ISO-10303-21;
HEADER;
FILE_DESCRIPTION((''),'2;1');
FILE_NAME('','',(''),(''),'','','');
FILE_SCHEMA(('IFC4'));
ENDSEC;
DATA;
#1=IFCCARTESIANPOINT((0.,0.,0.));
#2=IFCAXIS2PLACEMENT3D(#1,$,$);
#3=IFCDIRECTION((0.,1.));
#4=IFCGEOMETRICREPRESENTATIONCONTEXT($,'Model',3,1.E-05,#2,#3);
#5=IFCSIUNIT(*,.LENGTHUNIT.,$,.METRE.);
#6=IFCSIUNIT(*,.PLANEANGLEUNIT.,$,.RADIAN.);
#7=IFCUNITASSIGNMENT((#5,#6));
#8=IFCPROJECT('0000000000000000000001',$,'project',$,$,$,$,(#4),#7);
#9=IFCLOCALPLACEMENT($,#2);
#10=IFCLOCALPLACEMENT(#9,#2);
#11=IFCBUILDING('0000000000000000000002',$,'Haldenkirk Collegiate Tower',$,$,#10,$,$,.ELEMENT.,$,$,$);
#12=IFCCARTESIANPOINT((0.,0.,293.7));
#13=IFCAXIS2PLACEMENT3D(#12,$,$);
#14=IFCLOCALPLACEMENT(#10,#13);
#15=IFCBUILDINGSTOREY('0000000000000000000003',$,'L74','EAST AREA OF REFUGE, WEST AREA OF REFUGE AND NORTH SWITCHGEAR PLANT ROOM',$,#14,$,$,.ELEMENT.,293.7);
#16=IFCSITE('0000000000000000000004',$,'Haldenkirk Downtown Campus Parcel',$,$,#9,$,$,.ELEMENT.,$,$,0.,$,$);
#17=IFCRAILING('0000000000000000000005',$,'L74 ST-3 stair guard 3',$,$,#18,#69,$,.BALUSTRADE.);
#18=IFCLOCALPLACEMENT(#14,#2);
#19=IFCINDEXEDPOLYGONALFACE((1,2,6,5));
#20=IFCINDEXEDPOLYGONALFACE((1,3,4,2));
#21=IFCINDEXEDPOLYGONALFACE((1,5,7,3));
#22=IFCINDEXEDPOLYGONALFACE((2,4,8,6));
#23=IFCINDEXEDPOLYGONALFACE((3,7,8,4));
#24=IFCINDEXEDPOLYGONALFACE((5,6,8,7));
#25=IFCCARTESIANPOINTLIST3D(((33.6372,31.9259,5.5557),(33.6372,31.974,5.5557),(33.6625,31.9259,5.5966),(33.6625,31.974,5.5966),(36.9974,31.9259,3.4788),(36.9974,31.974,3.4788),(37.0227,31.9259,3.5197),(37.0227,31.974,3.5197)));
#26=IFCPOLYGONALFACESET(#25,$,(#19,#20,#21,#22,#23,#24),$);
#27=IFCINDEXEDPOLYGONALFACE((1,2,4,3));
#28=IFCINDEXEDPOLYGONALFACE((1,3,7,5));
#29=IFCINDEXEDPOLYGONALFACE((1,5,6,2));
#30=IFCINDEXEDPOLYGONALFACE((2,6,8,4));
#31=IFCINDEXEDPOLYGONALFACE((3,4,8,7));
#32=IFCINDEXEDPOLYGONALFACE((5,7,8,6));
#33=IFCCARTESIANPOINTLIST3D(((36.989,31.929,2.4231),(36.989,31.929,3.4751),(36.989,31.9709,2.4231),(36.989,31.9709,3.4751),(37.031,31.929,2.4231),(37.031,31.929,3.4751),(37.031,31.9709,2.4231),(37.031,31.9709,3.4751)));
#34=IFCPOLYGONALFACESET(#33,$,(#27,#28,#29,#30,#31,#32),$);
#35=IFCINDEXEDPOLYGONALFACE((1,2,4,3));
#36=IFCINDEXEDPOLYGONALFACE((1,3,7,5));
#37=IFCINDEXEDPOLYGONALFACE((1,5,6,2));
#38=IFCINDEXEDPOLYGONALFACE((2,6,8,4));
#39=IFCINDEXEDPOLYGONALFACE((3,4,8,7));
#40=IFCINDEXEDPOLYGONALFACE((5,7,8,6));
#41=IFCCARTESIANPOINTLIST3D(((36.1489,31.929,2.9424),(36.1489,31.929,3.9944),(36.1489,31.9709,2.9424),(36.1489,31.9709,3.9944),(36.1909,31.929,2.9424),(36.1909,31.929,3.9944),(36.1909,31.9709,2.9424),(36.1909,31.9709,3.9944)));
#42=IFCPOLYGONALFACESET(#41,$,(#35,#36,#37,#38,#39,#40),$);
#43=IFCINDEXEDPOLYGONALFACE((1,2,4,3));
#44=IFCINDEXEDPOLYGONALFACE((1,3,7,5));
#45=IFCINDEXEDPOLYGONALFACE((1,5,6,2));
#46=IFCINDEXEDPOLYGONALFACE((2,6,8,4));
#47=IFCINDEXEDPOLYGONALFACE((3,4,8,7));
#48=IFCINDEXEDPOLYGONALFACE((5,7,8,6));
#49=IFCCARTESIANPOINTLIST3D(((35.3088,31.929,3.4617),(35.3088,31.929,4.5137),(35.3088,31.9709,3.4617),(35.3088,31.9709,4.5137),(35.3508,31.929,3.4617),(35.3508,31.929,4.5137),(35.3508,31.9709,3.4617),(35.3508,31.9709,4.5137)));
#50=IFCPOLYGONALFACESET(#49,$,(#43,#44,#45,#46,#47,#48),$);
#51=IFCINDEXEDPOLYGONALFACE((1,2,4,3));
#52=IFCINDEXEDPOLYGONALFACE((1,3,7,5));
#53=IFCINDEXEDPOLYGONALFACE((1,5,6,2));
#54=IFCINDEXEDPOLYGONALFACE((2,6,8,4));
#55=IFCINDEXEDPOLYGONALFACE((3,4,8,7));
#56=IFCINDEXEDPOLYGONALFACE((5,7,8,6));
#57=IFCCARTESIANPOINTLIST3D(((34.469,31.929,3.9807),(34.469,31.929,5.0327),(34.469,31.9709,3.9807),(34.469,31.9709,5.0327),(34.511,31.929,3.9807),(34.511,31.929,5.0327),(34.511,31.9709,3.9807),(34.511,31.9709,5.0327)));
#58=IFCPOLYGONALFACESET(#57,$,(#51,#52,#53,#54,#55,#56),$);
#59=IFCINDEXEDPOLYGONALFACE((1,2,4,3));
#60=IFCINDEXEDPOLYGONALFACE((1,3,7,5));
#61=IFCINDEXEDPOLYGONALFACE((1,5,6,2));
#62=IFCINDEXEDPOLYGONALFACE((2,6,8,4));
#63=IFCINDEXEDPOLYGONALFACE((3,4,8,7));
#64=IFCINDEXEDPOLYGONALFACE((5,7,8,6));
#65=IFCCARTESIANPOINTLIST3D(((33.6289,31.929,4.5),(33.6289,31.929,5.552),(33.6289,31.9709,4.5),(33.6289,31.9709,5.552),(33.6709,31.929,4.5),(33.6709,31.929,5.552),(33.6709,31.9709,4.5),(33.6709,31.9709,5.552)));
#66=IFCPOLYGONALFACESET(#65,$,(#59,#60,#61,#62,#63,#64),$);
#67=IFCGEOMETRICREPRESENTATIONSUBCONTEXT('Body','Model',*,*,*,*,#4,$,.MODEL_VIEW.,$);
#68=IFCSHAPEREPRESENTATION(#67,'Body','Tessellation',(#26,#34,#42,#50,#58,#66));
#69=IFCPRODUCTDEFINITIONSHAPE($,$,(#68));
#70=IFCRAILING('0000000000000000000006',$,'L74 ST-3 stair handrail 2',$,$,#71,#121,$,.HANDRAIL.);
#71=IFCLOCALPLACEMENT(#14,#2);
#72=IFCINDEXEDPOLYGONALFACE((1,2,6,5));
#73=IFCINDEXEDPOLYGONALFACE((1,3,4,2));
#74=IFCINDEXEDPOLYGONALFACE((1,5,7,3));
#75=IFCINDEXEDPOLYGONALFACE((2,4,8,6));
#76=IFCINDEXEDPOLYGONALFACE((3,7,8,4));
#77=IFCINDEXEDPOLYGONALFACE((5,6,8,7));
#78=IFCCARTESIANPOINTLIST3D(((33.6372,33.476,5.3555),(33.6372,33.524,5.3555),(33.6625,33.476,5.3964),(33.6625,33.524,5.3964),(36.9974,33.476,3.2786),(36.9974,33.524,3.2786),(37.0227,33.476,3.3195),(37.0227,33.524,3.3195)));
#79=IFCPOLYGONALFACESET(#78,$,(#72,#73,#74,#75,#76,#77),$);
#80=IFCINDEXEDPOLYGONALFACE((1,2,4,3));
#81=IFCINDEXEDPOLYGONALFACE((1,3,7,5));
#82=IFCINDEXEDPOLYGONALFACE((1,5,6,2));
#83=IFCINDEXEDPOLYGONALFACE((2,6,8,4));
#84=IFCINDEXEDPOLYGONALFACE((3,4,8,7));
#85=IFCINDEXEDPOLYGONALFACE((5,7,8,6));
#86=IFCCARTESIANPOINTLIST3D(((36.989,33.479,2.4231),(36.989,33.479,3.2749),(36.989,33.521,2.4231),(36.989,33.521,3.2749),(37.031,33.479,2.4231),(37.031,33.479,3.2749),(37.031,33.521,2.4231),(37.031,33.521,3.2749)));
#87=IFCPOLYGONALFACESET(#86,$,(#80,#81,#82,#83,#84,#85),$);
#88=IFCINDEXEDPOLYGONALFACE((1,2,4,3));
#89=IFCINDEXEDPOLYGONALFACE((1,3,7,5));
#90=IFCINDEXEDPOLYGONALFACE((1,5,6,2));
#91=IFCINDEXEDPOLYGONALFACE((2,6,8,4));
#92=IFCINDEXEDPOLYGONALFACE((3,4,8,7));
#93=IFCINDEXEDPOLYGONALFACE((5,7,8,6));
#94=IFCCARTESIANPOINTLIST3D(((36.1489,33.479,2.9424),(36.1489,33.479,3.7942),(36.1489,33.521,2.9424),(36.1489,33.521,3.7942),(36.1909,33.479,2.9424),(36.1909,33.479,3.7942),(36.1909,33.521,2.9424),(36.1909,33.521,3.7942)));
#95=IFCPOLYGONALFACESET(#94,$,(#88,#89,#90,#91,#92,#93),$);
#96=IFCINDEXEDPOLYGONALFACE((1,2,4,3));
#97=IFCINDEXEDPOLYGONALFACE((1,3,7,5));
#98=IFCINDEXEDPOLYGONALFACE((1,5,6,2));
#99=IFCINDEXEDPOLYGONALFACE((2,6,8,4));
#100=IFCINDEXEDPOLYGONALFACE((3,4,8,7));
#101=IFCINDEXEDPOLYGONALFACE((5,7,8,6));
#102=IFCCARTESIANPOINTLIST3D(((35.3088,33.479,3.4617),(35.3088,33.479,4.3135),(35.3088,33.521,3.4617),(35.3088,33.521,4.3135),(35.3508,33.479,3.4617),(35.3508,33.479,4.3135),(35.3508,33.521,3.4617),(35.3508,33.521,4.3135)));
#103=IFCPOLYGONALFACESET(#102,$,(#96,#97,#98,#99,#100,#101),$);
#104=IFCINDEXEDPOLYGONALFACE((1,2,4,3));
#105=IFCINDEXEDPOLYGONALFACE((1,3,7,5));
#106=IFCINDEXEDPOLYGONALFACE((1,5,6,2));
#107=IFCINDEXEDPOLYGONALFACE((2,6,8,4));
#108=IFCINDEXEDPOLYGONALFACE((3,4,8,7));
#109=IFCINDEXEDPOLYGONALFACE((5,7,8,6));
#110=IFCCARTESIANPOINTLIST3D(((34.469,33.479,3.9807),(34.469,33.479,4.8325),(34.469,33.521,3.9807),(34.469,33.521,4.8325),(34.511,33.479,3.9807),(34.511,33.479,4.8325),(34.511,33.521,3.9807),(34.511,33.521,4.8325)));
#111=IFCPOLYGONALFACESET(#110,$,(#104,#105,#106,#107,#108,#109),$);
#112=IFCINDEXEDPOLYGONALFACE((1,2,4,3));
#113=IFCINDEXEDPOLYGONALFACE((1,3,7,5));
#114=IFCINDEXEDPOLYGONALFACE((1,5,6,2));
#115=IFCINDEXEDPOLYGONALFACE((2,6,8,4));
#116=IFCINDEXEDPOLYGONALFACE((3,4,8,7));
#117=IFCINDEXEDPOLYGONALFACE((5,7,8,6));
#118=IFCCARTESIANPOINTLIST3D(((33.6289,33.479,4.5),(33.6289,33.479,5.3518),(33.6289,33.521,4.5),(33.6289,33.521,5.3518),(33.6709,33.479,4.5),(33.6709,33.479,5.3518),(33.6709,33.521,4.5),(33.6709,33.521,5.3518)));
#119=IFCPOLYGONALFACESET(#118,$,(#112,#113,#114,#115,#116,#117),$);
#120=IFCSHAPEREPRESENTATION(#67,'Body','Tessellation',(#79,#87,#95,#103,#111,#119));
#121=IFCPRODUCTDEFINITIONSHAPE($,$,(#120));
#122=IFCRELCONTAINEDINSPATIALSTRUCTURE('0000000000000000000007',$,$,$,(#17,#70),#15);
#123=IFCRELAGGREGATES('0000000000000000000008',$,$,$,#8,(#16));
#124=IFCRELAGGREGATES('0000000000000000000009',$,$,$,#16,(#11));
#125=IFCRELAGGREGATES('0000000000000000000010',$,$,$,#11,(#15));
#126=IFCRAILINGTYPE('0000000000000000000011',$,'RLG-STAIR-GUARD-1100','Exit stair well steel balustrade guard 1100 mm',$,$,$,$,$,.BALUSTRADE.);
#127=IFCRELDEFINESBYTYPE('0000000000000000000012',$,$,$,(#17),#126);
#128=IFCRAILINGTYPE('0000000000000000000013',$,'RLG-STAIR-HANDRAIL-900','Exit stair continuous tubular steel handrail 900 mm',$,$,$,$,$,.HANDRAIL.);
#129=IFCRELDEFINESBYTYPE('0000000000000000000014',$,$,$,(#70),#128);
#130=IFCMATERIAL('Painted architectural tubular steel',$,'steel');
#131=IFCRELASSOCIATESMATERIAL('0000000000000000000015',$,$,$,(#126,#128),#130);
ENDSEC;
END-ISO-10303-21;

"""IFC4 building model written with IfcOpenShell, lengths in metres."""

from ifc_helpers import new_model, si_unit, direction, frame, origin, origin_2d, place, context, subcontext, project, spatial, rectangle, extrude, material, type_object, element, save


model = new_model("IFC4")

# Units and contexts
model_context = context("Model", 3, precision=1e-05, world=origin(), true_north=direction((0.0, 1.0)))
body_context = subcontext(model_context, "Body", "Model", "MODEL_VIEW")
ifc_project = project(units=[si_unit("LENGTHUNIT", "METRE"), si_unit("PLANEANGLEUNIT", "RADIAN")], contexts=[model_context])

# Site, building, storey
site_placement = place(None, origin())
site = spatial("IfcSite", under=ifc_project, at=site_placement, Name="Haldenkirk Downtown Campus Parcel", CompositionType="ELEMENT", RefElevation=0.0)
building_placement = place(site_placement, origin())
building = spatial("IfcBuilding", under=site, at=building_placement, Name="Haldenkirk Collegiate Tower", CompositionType="ELEMENT")
storey_placement = place(building_placement, frame((0.0, 0.0, 293.7)))
storey = spatial("IfcBuildingStorey", under=building, at=storey_placement, Name="L74", Description="EAST AREA OF REFUGE, WEST AREA OF REFUGE AND NORTH SWITCHGEAR PLANT ROOM", CompositionType="ELEMENT", Elevation=293.7)

# Railings
ifc_material_1 = material(Name="Painted architectural tubular steel", Category="steel")
railing_type_1 = type_object("IfcRailingType", Name="RLG-STAIR-GUARD-1100", Description="Exit stair well steel balustrade guard 1100 mm", PredefinedType="BALUSTRADE", material=ifc_material_1)
railing_1_placement = place(storey_placement, frame((37.01, 31.95, 2.4231)))
element("IfcRailing", 1, at=railing_1_placement, inside=storey, type_object=railing_type_1, Name="L74 ST-3 stair guard 3", PredefinedType="BALUSTRADE", context=body_context, shape_type="SweptSolid", body=[
    extrude(rectangle(XDim=0.0481, YDim=0.0481, at=origin_2d()), frame((0.0, 0.0, 1.0762), z_axis=(-0.850623, 0.0, 0.525776), x_axis=(0.0, -1.0, 0.0)), (0.0, 0.0, 1.0), 3.9502),
    extrude(rectangle(XDim=0.042, YDim=0.042, at=origin_2d()), origin(), (0.0, 0.0, 1.0), 1.052),
    extrude(rectangle(XDim=0.042, YDim=0.042, at=origin_2d()), frame((-0.8401, 0.0, 0.5193)), (0.0, 0.0, 1.0), 1.052),
    extrude(rectangle(XDim=0.042, YDim=0.042, at=origin_2d()), frame((-1.6802, 0.0, 1.0386)), (0.0, 0.0, 1.0), 1.052),
    extrude(rectangle(XDim=0.042, YDim=0.042, at=origin_2d()), frame((-2.52, 0.0, 1.5576)), (0.0, 0.0, 1.0), 1.052),
    extrude(rectangle(XDim=0.042, YDim=0.042, at=origin_2d()), frame((-3.3601, 0.0, 2.0769)), (0.0, 0.0, 1.0), 1.052),
])
railing_type_2 = type_object("IfcRailingType", Name="RLG-STAIR-HANDRAIL-900", Description="Exit stair continuous tubular steel handrail 900 mm", PredefinedType="HANDRAIL", material=ifc_material_1)
railing_2_placement = place(storey_placement, frame((37.01, 33.5, 2.4231)))
element("IfcRailing", 2, at=railing_2_placement, inside=storey, type_object=railing_type_2, Name="L74 ST-3 stair handrail 2", PredefinedType="HANDRAIL", context=body_context, shape_type="SweptSolid", body=[
    extrude(rectangle(XDim=0.0481, YDim=0.0481, at=origin_2d()), frame((0.0, 0.0, 0.876), z_axis=(-0.850623, 0.0, 0.525776), x_axis=(0.0, -1.0, 0.0)), (0.0, 0.0, 1.0), 3.9502),
    extrude(rectangle(XDim=0.042, YDim=0.042, at=origin_2d()), origin(), (0.0, 0.0, 1.0), 0.8518),
    extrude(rectangle(XDim=0.042, YDim=0.042, at=origin_2d()), frame((-0.8401, 0.0, 0.5193)), (0.0, 0.0, 1.0), 0.8518),
    extrude(rectangle(XDim=0.042, YDim=0.042, at=origin_2d()), frame((-1.6802, 0.0, 1.0386)), (0.0, 0.0, 1.0), 0.8518),
    extrude(rectangle(XDim=0.042, YDim=0.042, at=origin_2d()), frame((-2.52, 0.0, 1.5576)), (0.0, 0.0, 1.0), 0.8518),
    extrude(rectangle(XDim=0.042, YDim=0.042, at=origin_2d()), frame((-3.3601, 0.0, 2.0769)), (0.0, 0.0, 1.0), 0.8518),
])

save(model, "model.ifc")
